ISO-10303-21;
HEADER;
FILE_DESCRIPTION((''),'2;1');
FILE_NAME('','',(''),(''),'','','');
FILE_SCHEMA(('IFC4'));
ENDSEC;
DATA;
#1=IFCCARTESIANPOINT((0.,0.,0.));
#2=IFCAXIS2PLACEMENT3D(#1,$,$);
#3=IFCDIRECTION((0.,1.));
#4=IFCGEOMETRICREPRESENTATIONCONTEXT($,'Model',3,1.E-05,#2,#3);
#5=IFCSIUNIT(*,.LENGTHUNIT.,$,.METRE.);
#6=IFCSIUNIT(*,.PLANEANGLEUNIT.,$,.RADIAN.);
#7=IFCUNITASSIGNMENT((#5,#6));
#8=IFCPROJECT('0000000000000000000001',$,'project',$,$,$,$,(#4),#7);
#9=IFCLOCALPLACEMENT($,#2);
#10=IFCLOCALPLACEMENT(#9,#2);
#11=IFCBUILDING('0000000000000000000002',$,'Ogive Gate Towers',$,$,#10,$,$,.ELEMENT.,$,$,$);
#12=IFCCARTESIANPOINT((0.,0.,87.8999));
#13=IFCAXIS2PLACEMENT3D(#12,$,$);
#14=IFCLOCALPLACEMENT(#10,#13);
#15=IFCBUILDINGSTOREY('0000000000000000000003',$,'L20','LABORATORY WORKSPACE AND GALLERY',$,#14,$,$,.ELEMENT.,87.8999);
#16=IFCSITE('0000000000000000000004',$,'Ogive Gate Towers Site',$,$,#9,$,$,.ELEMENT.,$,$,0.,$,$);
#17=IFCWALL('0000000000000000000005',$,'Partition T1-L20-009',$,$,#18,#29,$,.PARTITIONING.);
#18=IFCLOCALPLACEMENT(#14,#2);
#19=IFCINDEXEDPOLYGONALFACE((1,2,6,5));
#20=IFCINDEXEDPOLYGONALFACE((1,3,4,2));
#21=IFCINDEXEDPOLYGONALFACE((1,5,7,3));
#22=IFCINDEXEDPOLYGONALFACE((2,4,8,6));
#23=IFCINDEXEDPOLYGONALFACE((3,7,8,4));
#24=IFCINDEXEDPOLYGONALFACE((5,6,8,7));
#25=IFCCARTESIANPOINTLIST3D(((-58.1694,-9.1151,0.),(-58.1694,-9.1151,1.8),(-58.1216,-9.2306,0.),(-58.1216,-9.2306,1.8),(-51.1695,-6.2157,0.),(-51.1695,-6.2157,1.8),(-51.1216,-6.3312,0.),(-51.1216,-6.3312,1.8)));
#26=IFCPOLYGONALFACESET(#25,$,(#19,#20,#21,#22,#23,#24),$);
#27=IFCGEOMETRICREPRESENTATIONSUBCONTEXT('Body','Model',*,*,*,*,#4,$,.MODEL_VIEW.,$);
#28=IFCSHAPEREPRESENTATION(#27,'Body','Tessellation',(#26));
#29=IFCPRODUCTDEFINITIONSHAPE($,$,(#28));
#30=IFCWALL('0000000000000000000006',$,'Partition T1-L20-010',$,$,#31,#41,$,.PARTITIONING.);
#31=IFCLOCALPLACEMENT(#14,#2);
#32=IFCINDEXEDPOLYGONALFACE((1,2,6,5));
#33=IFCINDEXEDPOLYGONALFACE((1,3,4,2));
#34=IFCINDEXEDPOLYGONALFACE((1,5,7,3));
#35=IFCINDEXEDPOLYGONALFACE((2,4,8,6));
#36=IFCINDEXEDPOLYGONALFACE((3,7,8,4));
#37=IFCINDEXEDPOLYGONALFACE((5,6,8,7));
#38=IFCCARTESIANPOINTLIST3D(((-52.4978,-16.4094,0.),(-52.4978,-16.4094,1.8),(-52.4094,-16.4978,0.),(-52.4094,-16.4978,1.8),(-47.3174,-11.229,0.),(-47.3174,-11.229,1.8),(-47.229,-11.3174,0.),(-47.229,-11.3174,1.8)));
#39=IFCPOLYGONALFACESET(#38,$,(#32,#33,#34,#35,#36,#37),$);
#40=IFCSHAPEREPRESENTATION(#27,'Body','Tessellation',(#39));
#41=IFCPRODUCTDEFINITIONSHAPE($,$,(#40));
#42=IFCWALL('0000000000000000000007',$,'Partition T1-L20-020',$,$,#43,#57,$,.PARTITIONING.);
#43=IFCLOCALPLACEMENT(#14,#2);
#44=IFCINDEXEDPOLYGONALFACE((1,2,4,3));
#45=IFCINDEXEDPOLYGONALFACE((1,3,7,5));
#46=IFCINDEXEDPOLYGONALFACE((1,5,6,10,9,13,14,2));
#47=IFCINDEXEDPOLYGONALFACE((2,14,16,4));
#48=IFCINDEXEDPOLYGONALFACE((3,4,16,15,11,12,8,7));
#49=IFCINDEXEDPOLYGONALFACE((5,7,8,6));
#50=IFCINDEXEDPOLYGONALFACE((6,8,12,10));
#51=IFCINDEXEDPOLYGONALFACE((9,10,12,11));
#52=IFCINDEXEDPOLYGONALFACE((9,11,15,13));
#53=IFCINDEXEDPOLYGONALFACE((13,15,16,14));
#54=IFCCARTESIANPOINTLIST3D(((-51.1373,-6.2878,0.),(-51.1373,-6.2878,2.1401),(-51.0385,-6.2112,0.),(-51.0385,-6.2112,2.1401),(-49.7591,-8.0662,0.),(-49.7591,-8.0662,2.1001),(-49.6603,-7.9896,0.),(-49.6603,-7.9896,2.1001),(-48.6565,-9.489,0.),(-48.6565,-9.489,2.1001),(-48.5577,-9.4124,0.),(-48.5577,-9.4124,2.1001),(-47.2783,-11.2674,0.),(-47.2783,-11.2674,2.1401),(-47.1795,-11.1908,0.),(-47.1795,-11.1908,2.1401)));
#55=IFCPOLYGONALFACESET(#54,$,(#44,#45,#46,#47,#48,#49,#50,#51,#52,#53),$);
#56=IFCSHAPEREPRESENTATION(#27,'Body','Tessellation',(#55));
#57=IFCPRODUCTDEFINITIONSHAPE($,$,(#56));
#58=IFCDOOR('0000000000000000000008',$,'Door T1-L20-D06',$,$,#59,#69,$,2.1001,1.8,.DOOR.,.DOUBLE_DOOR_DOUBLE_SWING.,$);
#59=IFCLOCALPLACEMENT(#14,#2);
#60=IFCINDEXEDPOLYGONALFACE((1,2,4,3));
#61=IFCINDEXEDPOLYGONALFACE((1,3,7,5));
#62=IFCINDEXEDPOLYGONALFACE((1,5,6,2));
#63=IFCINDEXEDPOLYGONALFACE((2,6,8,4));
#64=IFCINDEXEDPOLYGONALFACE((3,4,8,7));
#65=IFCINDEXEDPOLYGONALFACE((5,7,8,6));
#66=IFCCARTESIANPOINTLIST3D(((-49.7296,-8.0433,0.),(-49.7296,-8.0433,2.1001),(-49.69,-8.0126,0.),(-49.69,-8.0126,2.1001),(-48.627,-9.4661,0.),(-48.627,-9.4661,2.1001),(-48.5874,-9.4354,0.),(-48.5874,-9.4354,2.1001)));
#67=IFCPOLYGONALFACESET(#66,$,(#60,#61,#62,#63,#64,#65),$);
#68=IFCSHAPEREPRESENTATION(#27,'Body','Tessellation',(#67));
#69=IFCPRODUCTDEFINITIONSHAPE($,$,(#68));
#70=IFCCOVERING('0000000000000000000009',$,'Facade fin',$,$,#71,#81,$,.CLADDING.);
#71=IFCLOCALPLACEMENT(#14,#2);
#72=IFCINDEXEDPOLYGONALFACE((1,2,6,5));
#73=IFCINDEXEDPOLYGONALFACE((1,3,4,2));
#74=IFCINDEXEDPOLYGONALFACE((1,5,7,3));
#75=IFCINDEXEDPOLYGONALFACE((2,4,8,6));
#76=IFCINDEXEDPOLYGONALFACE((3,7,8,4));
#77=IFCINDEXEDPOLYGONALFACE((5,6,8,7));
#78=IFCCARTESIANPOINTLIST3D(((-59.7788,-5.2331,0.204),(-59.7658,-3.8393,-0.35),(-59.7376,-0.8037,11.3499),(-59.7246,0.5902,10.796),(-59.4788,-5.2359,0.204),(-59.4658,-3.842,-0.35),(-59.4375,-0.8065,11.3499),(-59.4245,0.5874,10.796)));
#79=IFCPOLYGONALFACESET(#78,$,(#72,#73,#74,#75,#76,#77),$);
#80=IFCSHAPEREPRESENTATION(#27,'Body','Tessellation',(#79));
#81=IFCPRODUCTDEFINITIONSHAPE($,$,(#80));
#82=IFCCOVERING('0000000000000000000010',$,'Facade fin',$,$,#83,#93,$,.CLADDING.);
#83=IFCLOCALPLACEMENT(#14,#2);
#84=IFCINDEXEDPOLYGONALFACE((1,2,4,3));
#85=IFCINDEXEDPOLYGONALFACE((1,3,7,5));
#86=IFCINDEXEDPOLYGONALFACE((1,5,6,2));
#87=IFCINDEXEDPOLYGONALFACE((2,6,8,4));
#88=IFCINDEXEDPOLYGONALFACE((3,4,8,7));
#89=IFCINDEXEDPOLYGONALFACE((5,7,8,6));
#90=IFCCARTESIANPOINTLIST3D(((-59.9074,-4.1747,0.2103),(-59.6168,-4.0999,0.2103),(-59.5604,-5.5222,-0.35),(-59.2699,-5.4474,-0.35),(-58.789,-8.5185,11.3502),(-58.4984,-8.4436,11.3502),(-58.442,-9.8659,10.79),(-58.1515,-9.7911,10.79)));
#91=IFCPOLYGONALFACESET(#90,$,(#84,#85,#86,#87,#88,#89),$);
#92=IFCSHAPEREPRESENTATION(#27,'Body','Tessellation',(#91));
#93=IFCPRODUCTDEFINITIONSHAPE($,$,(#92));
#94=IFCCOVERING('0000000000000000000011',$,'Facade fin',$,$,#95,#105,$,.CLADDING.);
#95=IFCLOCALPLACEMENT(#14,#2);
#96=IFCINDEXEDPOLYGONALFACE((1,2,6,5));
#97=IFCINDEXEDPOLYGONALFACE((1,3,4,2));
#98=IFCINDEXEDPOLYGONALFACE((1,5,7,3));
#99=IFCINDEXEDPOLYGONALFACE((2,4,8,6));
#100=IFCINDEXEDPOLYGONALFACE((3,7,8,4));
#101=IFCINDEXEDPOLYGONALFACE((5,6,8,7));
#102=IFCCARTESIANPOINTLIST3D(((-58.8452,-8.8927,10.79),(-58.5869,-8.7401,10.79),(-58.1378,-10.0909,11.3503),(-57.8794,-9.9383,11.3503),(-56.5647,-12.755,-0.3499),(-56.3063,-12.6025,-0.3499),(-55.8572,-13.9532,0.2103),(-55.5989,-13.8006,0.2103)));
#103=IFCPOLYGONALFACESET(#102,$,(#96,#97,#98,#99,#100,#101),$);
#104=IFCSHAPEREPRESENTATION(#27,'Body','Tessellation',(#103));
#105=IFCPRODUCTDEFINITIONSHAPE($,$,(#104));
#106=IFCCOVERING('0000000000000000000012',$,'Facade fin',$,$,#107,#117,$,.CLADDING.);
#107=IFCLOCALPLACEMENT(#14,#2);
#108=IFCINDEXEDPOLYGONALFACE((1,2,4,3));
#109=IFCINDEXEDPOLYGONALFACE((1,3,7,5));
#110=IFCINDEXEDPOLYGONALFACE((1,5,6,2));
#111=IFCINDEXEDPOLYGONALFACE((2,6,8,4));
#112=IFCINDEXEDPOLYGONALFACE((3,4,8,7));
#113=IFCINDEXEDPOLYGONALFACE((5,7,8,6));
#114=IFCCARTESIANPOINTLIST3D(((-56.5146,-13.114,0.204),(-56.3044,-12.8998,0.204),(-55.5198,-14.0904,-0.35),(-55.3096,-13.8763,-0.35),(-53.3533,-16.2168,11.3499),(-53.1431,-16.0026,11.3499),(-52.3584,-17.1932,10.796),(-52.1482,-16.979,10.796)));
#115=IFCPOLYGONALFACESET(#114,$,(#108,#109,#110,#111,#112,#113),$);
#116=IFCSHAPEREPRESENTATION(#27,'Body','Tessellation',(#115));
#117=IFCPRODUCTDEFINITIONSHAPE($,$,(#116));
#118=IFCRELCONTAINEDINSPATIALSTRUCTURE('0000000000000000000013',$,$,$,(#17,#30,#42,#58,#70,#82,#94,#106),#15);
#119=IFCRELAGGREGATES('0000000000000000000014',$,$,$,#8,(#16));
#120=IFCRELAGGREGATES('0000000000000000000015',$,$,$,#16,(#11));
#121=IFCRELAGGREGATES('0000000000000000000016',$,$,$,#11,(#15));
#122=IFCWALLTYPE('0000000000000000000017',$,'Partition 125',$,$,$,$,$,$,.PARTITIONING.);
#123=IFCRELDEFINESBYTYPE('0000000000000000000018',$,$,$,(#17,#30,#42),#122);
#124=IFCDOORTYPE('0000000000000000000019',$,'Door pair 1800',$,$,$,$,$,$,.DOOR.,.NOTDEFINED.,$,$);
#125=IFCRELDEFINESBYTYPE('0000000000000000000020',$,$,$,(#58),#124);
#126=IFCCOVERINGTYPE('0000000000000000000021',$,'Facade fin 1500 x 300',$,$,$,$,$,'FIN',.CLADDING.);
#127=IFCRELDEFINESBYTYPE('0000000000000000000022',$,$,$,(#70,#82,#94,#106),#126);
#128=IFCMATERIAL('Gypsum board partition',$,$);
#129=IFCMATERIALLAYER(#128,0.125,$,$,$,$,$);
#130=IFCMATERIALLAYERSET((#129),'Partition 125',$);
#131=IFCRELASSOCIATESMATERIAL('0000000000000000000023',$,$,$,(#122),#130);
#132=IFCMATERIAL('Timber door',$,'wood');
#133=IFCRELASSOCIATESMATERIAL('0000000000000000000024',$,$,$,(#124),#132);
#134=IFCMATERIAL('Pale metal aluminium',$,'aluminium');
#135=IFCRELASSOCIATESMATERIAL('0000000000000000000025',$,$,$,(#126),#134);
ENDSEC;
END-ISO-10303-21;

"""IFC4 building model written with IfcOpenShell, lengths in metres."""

from ifc_helpers import new_model, si_unit, direction, frame, frame_2d, origin, origin_2d, place, context, subcontext, project, spatial, rectangle, extrude, material, layer, layer_set, material_profile, profile_set, type_object, element, fill, save


model = new_model("IFC4")

# Units and contexts
model_context = context("Model", 3, precision=1e-05, world=origin(), true_north=direction((0.0, 1.0)))
body_context = subcontext(model_context, "Body", "Model", "MODEL_VIEW")
ifc_project = project(units=[si_unit("LENGTHUNIT", "METRE"), si_unit("PLANEANGLEUNIT", "RADIAN")], contexts=[model_context])

# Site, building, storey
site_placement = place(None, origin())
site = spatial("IfcSite", under=ifc_project, at=site_placement, Name="Ogive Gate Towers Site", CompositionType="ELEMENT", RefElevation=0.0)
building_placement = place(site_placement, origin())
building = spatial("IfcBuilding", under=site, at=building_placement, Name="Ogive Gate Towers", CompositionType="ELEMENT")
storey_placement = place(building_placement, frame((0.0, 0.0, 87.8999)))
storey = spatial("IfcBuildingStorey", under=building, at=storey_placement, Name="L20", Description="LABORATORY WORKSPACE AND GALLERY", CompositionType="ELEMENT", Elevation=87.8999)

# Shared definitions
ifc_material_1 = material(Name="Pale metal aluminium", Category="aluminium")

# Walls
ifc_material_2 = material(Name="Gypsum board partition")
ifc_layer_1 = layer(ifc_material_2, 0.125)
ifc_layer_set_1 = layer_set([ifc_layer_1], Name="Partition 125")
wall_type = type_object("IfcWallType", Name="Partition 125", PredefinedType="PARTITIONING", material=ifc_layer_set_1)
for number, where, z_axis, x_axis, name in (
    (1, (-58.1455, -9.1729, 0.0), (0.0, 0.0, 1.0), (0.923883, 0.382674, 0.0), "Partition T1-L20-009"),
):
    element("IfcWall", number, at=place(storey_placement, frame(where, z_axis=z_axis, x_axis=x_axis)), inside=storey, type_object=wall_type, Name=name, PredefinedType="PARTITIONING", context=body_context, shape_type="SweptSolid", body=[
        extrude(rectangle(XDim=7.5767, YDim=0.125, at=frame_2d((3.7883, 0.0))), origin(), (0.0, 0.0, 1.0), 1.8),
    ])
wall_1_placement = place(storey_placement, frame((-52.4536, -16.4536, 0.0), z_axis=(0.0, 0.0, 1.0), x_axis=(0.707107, 0.707107, 0.0)))
element("IfcWall", 2, at=wall_1_placement, inside=storey, type_object=wall_type, Name="Partition T1-L20-010", PredefinedType="PARTITIONING", context=body_context, shape_type="SweptSolid", body=[
    extrude(rectangle(XDim=7.3262, YDim=0.125, at=frame_2d((3.6631, 0.0))), origin(), (0.0, 0.0, 1.0), 1.8),
])

# Wall, opening, door
wall_2_placement = place(storey_placement, frame((-51.0879, -6.2495, 0.0), z_axis=(0.0, 0.0, 1.0), x_axis=(0.61255, -0.790432, 0.0)))
wall_2 = element("IfcWall", 3, at=wall_2_placement, inside=storey, type_object=wall_type, Name="Partition T1-L20-020", PredefinedType="PARTITIONING", context=body_context, shape_type="SweptSolid", body=[
    extrude(rectangle(XDim=6.2998, YDim=0.125, at=frame_2d((3.1499, 0.0))), origin(), (0.0, 0.0, 1.0), 2.1401),
])
opening_placement = place(wall_2_placement, frame((2.25, 0.0, 0.0)))
opening = element("IfcOpeningElement", 4, at=opening_placement, cuts=wall_2, PredefinedType="OPENING", context=body_context, shape_type="SweptSolid", body=[
    extrude(rectangle(XDim=1.8, YDim=2.1001, at=frame_2d((0.8999, 1.05))), frame((0.0, 0.0725, 0.0), z_axis=(0.0, -1.0, 0.0), x_axis=(1.0, 0.0, 0.0)), (0.0, 0.0, 1.0), 0.145),
])
ifc_material_3 = material(Name="Timber door", Category="wood")
door_type = type_object("IfcDoorType", Name="Door pair 1800", OperationType="NOTDEFINED", PredefinedType="DOOR", material=ifc_material_3)
door_placement = place(opening_placement, origin())
door = element("IfcDoor", 5, at=door_placement, inside=storey, type_object=door_type, Name="Door T1-L20-D06", OperationType="DOUBLE_DOOR_DOUBLE_SWING", OverallHeight=2.1001, OverallWidth=1.8, PredefinedType="DOOR", context=body_context, shape_type="SweptSolid", body=[
    extrude(rectangle(XDim=1.8, YDim=2.1001, at=frame_2d((0.8999, 1.05))), frame((0.0, 0.0249, 0.0), z_axis=(0.0, -1.0, 0.0), x_axis=(1.0, 0.0, 0.0)), (0.0, 0.0, 1.0), 0.05),
])
fill(opening, door)

# Coverings
ifc_material_profile_1 = material_profile(ifc_material_1, rectangle(XDim=0.3, YDim=1.5, at=origin_2d()), Name="1500 x 300 pale metal aluminium")
ifc_profile_set_1 = profile_set([ifc_material_profile_1], Name="Pale metal aluminium")
covering_type = type_object("IfcCoveringType", Name="Facade fin 1500 x 300", ElementType="FIN", PredefinedType="CLADDING", material=ifc_profile_set_1)
covering_1_placement = place(storey_placement, frame((-59.6223, -4.5376, -0.073), z_axis=(0.00344, 0.369306, 0.929301), x_axis=(-0.999957, 0.009314, 0.0)))
element("IfcCovering", 6, at=covering_1_placement, inside=storey, type_object=covering_type, Name="Facade fin", PredefinedType="CLADDING", context=body_context, shape_type="SweptSolid", body=[
    extrude(rectangle(XDim=0.3, YDim=1.5, at=origin_2d()), origin(), (0.0, 0.0, 1.0), 11.9939),
])
for number, where, z_axis, x_axis, name in (
    (7, (-59.5886, -4.811, -0.0698), (0.093131, -0.361708, 0.927628), (0.968415, 0.249343, 0.0), "Facade fin"),
    (8, (-56.0818, -13.2778, -0.0698), (-0.189901, 0.321618, 0.927631), (-0.861098, -0.50844, 0.0), "Facade fin"),
):
    element("IfcCovering", number, at=place(storey_placement, frame(where, z_axis=z_axis, x_axis=x_axis)), inside=storey, type_object=covering_type, Name=name, PredefinedType="CLADDING", context=body_context, shape_type="SweptSolid", body=[
        extrude(rectangle(XDim=0.3, YDim=1.5, at=origin_2d()), origin(), (0.0, 0.0, 1.0), 12.009),
    ])
covering_2_placement = place(storey_placement, frame((-55.9121, -13.4951, -0.073), z_axis=(0.263581, -0.258696, 0.929302), x_axis=(0.700462, 0.71369, 0.0)))
element("IfcCovering", 9, at=covering_2_placement, inside=storey, type_object=covering_type, Name="Facade fin", PredefinedType="CLADDING", context=body_context, shape_type="SweptSolid", body=[
    extrude(rectangle(XDim=0.3, YDim=1.5, at=origin_2d()), origin(), (0.0, 0.0, 1.0), 11.9939),
])

save(model, "model.ifc")
